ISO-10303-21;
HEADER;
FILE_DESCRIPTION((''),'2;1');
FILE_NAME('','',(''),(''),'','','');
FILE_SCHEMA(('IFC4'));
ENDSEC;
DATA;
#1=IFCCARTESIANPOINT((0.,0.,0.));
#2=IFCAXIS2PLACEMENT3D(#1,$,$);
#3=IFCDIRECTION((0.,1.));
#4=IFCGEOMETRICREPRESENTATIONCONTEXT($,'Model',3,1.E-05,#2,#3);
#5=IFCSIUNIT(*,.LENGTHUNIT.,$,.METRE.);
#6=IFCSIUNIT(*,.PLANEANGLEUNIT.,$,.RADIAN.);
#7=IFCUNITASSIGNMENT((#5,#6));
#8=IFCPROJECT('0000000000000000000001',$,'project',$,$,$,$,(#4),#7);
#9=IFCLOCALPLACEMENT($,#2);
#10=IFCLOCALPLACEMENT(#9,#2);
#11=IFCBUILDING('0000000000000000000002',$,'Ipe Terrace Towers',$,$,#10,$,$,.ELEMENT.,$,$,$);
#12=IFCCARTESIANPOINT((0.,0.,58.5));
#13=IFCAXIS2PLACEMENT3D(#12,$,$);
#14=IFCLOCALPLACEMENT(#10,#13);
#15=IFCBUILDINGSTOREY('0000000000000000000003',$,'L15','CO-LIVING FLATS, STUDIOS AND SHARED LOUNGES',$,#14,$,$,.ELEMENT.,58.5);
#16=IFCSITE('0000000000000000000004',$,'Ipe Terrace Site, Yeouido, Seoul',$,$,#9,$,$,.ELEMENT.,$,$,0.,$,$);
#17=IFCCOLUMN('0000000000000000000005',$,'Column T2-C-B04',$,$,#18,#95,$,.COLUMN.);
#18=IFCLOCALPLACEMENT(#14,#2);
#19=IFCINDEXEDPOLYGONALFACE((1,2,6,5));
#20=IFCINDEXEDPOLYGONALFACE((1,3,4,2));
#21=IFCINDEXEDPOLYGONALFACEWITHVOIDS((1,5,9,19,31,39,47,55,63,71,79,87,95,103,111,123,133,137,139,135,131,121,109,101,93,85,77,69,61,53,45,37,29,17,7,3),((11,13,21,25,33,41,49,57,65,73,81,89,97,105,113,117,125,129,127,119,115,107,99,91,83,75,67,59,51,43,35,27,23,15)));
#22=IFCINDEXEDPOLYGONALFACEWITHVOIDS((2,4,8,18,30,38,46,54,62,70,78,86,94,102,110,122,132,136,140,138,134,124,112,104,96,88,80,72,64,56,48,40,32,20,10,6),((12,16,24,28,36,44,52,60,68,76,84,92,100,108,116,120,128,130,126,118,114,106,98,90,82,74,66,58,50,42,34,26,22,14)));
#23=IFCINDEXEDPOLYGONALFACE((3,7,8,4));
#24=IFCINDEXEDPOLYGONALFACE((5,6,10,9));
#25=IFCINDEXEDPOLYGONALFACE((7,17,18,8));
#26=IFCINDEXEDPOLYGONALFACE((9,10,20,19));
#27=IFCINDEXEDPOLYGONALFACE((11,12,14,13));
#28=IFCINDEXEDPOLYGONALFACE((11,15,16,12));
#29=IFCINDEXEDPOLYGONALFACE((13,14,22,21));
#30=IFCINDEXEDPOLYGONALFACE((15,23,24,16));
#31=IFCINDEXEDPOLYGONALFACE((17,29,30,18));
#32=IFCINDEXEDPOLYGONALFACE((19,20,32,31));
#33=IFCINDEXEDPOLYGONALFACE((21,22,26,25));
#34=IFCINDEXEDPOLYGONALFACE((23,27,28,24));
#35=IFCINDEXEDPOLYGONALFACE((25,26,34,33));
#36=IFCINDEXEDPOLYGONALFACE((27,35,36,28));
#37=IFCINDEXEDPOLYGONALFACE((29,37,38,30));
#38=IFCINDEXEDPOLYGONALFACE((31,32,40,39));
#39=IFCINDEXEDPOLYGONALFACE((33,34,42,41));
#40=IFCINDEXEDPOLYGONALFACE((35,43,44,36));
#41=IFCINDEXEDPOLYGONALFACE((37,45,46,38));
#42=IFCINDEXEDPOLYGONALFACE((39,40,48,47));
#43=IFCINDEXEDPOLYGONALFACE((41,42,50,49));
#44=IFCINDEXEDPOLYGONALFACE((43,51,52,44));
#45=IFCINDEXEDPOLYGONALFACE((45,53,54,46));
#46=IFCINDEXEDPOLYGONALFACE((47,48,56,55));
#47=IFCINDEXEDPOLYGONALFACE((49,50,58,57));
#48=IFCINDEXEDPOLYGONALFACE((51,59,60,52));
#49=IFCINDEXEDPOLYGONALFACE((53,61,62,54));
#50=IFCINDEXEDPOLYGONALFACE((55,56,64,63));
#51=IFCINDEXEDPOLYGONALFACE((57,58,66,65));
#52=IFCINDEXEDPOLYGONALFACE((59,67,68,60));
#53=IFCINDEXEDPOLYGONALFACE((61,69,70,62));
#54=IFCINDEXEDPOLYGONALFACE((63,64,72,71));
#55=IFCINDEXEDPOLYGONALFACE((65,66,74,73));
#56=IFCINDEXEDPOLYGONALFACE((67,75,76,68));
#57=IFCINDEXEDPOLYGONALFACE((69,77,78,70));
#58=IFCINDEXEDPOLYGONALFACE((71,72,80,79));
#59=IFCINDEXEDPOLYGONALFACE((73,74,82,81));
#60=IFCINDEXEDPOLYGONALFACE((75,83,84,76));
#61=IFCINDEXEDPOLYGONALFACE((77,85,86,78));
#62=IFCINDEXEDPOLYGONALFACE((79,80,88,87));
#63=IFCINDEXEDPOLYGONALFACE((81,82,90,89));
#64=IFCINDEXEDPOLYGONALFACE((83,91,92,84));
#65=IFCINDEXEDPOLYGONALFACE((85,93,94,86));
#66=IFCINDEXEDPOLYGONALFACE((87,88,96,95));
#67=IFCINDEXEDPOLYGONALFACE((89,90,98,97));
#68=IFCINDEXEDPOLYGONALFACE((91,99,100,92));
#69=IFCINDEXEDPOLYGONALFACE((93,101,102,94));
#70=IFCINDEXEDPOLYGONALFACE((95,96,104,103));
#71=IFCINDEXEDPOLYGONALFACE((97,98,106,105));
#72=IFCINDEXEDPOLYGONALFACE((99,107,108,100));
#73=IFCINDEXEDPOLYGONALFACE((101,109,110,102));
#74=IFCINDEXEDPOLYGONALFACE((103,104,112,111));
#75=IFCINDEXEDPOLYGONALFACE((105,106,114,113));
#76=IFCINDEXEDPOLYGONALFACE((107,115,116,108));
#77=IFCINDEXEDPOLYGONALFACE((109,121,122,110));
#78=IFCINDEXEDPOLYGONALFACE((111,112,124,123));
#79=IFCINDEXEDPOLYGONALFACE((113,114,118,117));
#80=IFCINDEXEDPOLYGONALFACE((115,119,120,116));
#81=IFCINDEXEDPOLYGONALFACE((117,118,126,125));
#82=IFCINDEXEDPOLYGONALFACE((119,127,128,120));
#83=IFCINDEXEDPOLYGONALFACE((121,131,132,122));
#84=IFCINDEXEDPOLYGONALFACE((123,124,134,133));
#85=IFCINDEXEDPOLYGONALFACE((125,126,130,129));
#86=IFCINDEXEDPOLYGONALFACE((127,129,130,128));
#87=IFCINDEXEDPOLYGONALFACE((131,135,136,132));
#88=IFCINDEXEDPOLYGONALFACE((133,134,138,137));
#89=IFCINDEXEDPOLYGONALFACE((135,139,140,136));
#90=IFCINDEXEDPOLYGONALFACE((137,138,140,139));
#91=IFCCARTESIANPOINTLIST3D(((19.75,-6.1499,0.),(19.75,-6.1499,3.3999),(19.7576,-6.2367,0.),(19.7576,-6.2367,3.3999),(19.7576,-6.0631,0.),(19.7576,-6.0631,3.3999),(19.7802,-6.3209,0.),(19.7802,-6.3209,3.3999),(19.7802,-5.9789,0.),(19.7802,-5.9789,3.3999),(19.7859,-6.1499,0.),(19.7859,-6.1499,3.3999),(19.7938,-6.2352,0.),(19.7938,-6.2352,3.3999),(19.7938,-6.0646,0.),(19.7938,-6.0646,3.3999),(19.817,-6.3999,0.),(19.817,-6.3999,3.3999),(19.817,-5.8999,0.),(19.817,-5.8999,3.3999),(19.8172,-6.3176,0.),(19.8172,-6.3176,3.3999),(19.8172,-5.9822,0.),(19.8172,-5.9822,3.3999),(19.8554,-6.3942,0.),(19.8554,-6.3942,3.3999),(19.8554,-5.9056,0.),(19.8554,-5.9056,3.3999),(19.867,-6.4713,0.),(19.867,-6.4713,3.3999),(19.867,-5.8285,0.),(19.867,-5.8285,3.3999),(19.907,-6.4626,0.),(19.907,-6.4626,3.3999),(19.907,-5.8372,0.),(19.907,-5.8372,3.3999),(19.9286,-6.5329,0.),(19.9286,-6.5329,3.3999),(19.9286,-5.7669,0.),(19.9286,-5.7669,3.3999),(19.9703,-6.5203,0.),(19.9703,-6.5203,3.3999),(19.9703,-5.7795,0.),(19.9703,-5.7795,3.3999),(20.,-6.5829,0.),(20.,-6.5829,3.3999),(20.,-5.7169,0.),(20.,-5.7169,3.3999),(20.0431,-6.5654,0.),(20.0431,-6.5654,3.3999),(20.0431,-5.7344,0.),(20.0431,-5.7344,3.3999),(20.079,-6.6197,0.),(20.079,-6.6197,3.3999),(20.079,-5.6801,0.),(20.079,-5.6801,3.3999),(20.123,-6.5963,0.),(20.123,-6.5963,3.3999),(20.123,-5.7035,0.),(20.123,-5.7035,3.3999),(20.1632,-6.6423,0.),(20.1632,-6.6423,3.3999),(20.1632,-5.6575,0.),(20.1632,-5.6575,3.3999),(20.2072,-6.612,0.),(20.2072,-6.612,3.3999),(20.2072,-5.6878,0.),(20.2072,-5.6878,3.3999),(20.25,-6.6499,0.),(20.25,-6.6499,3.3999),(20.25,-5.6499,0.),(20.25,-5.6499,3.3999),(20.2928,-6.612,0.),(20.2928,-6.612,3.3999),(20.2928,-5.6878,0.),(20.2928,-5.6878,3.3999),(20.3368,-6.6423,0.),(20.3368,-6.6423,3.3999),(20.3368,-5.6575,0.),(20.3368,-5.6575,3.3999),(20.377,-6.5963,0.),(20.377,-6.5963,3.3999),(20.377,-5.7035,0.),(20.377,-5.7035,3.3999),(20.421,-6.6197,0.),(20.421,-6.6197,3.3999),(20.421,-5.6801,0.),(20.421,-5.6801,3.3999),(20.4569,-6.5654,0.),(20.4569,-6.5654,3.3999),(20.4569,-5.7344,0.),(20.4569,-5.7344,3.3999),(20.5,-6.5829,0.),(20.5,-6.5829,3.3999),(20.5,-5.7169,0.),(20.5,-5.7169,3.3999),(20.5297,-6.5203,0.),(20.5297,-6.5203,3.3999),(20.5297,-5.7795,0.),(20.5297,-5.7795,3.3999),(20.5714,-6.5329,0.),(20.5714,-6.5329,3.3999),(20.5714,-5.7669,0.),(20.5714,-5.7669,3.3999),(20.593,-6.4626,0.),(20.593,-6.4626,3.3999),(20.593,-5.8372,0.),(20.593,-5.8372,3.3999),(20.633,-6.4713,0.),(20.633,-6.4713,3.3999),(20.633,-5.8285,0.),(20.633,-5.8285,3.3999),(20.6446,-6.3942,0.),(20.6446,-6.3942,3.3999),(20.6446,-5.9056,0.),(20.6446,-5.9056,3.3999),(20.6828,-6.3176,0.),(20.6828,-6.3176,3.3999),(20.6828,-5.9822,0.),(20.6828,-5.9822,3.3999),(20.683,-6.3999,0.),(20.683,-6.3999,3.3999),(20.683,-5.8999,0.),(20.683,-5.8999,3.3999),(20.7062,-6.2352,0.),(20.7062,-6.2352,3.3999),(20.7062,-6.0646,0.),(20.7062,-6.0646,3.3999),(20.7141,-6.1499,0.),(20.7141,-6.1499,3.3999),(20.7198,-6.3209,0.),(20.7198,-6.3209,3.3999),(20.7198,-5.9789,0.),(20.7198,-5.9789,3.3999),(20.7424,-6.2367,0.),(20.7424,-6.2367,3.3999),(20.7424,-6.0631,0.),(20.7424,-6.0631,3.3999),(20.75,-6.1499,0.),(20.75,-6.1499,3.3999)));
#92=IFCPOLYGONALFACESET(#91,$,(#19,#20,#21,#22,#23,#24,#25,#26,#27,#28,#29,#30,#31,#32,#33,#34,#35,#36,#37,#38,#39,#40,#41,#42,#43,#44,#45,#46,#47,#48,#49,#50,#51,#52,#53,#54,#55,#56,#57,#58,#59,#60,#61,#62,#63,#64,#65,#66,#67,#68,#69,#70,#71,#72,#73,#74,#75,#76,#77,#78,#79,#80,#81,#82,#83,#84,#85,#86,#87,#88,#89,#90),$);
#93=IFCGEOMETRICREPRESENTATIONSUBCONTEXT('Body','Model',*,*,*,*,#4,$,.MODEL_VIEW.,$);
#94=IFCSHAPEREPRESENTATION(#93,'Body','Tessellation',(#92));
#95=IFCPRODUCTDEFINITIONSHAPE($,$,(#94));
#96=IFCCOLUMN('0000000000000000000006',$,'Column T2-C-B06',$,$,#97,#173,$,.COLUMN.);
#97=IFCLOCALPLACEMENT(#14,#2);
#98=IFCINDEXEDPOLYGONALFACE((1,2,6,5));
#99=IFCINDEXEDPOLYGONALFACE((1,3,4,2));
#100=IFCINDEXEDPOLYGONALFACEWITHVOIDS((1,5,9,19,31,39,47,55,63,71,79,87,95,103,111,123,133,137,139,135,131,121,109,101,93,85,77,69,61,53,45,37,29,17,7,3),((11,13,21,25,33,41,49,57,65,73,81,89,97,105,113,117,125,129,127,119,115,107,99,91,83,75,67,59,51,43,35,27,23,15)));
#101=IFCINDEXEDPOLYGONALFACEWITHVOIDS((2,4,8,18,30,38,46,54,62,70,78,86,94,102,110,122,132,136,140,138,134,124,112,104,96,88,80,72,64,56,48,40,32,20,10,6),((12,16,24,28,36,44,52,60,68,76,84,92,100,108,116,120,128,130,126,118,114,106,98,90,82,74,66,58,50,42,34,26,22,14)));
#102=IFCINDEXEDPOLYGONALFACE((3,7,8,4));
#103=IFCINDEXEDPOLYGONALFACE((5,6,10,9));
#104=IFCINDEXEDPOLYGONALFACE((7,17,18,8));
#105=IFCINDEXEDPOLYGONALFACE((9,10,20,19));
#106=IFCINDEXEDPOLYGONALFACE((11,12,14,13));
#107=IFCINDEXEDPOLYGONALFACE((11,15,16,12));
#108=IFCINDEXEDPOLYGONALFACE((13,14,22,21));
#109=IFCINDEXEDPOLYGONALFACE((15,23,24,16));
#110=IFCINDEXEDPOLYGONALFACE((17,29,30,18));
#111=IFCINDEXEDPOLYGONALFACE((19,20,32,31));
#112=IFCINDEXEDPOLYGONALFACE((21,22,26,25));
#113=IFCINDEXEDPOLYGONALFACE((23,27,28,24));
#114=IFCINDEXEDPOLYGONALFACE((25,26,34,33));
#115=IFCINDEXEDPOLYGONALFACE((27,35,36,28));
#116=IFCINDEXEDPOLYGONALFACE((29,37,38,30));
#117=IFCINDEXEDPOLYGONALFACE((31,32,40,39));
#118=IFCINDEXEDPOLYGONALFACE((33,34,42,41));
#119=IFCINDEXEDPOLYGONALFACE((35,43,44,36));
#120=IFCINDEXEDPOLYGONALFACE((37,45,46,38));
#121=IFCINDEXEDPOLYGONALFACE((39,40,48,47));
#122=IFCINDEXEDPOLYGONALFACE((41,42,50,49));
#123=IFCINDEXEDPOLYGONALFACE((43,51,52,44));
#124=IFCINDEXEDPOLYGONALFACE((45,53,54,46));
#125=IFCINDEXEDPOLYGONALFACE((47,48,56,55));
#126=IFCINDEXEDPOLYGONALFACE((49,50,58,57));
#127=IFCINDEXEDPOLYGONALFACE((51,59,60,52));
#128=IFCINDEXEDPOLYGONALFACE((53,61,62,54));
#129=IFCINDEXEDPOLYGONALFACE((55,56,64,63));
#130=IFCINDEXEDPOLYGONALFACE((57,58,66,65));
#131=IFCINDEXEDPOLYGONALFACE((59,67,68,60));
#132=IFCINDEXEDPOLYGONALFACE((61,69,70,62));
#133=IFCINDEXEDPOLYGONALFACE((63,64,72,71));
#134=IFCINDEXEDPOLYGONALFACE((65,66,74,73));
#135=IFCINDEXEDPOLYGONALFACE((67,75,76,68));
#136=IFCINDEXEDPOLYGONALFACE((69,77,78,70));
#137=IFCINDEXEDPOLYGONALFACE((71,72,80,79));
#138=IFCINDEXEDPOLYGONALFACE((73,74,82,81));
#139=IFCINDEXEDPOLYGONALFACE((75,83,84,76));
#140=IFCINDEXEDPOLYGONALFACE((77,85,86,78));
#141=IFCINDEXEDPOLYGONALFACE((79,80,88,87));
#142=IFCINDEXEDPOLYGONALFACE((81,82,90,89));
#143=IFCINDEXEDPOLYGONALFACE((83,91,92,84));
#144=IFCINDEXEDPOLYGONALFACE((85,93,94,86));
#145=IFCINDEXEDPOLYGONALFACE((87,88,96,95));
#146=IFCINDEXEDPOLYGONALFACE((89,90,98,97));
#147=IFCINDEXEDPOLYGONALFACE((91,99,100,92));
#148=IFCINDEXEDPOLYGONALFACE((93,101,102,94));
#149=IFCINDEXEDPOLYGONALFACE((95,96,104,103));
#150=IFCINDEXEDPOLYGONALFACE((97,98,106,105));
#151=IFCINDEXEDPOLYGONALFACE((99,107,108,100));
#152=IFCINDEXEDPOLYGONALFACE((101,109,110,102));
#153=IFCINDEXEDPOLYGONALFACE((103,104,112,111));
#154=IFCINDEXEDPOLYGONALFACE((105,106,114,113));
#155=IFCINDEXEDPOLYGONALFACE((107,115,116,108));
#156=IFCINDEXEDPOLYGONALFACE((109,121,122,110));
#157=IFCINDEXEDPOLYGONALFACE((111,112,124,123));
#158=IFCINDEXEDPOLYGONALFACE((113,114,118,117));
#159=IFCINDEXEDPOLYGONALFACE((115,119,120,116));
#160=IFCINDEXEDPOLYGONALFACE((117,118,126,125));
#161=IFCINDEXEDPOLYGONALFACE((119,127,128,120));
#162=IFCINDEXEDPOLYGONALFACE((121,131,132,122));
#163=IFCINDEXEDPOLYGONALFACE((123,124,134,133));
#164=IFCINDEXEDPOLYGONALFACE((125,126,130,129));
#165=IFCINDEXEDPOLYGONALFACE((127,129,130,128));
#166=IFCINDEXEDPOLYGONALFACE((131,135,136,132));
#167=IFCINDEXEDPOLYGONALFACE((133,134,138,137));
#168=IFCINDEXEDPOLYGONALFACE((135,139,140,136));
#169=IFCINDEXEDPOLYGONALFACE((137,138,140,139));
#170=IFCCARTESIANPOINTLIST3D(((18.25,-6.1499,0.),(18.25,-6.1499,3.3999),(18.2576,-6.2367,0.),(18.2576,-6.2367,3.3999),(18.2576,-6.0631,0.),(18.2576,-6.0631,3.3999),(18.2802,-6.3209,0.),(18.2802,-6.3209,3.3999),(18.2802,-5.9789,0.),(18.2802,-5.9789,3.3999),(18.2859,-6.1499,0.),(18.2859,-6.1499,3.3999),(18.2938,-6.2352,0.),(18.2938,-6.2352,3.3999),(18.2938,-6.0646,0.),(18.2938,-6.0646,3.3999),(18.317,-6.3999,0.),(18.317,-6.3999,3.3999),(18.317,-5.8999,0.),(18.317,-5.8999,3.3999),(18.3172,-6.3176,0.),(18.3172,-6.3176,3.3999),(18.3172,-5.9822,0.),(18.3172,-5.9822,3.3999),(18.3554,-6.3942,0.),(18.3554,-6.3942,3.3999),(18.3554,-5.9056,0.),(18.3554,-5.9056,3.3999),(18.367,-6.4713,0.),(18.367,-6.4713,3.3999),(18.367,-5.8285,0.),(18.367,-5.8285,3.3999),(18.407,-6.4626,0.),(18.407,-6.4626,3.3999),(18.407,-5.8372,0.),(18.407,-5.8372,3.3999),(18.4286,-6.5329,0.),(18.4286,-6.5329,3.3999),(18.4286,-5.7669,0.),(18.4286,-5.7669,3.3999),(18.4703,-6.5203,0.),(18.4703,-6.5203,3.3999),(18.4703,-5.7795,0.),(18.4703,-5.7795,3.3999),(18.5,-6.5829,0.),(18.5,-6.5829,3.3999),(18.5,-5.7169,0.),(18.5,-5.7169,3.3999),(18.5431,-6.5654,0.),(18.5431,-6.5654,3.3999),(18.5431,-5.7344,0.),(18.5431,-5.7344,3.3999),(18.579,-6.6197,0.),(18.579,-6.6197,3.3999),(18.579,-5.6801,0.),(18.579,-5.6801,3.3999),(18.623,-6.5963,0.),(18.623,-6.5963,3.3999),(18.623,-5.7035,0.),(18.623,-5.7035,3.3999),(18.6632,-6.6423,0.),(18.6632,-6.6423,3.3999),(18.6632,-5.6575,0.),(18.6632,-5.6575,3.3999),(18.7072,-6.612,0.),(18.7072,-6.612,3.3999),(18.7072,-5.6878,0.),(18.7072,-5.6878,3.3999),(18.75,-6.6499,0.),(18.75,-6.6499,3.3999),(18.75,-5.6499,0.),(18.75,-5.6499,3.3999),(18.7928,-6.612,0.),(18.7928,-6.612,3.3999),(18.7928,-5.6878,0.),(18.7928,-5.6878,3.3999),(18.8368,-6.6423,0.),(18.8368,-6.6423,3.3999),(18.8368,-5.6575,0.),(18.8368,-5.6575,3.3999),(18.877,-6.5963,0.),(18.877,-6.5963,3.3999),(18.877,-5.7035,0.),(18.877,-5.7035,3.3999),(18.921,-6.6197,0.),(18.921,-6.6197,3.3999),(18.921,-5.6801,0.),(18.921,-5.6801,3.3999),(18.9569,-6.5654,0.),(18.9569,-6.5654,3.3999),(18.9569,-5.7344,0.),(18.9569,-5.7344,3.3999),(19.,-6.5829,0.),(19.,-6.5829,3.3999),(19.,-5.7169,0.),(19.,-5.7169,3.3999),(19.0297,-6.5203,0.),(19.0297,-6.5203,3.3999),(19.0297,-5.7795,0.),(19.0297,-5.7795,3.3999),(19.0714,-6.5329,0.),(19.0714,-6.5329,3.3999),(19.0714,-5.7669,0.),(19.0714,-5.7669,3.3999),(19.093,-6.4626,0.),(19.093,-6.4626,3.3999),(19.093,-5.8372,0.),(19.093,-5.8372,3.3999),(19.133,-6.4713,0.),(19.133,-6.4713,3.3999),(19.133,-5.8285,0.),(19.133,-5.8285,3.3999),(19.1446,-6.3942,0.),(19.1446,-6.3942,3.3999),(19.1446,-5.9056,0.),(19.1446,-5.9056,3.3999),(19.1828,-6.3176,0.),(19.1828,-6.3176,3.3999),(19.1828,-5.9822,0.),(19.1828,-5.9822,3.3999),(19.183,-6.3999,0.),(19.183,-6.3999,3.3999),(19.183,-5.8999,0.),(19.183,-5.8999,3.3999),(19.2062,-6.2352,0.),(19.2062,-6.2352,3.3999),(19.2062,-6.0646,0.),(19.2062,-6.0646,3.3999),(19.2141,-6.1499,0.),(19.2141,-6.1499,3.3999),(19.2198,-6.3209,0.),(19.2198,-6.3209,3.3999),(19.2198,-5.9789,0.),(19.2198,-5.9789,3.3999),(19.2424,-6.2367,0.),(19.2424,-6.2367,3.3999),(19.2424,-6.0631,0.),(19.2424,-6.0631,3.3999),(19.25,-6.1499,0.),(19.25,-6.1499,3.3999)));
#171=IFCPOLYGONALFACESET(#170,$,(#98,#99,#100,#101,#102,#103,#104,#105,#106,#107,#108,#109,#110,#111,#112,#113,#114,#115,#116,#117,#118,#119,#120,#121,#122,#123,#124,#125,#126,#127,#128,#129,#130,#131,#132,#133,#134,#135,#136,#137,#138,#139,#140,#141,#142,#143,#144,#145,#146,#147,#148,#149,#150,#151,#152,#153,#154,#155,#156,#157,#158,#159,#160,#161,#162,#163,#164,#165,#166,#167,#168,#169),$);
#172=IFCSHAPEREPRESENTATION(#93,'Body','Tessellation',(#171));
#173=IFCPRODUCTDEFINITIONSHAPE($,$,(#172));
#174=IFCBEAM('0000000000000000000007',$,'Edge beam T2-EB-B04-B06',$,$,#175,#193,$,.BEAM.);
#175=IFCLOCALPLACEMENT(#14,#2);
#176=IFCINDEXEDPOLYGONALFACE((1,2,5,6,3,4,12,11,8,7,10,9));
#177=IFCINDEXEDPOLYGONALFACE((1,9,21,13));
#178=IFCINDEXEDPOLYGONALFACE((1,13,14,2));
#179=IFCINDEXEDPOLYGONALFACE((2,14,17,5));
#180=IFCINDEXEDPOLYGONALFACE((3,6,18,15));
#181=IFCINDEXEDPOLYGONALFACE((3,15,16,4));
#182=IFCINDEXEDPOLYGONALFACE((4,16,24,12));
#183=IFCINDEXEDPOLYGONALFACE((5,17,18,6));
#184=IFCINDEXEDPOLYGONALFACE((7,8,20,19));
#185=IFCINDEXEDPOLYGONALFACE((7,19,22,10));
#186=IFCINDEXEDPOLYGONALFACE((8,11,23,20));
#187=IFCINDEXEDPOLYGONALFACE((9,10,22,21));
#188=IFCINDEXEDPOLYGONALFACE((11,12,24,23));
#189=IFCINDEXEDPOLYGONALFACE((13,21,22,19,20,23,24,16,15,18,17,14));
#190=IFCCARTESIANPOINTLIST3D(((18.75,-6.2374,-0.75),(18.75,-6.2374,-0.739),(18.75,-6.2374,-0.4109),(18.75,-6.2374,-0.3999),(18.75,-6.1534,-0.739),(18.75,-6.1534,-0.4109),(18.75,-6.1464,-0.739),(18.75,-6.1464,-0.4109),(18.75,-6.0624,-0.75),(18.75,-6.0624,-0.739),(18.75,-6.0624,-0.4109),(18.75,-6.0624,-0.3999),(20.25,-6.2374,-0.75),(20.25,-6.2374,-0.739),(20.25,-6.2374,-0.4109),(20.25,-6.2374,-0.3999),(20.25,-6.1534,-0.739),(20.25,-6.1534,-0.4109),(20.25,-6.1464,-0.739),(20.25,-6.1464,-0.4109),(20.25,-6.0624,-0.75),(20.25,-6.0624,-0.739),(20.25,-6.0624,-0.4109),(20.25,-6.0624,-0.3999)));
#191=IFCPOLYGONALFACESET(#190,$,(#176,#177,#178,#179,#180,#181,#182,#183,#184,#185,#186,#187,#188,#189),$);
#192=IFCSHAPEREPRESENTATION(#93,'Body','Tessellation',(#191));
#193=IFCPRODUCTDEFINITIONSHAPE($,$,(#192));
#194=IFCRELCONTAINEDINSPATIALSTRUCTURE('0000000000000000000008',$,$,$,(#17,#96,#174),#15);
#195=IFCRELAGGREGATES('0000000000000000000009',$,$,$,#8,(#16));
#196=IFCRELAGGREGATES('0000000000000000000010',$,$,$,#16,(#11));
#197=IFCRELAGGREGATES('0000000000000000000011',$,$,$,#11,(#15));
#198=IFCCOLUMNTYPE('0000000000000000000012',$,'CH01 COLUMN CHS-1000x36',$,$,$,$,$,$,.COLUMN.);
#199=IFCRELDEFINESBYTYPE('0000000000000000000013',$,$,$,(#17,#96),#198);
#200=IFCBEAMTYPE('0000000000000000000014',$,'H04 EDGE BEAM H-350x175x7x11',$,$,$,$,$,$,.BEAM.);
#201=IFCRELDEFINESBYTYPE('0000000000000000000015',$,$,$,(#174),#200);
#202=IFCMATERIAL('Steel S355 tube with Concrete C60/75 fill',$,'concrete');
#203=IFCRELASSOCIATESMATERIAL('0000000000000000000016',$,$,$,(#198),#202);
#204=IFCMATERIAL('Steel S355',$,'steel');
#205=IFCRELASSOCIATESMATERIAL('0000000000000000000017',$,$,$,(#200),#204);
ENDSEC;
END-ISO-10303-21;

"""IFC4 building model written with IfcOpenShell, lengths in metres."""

from ifc_helpers import new_model, si_unit, direction, frame, origin, origin_2d, place, context, subcontext, project, spatial, hollow_circle, i_section, extrude, material, material_profile, profile_set, type_object, element, save


model = new_model("IFC4")

# Units and contexts
model_context = context("Model", 3, precision=1e-05, world=origin(), true_north=direction((0.0, 1.0)))
body_context = subcontext(model_context, "Body", "Model", "MODEL_VIEW")
ifc_project = project(units=[si_unit("LENGTHUNIT", "METRE"), si_unit("PLANEANGLEUNIT", "RADIAN")], contexts=[model_context])

# Site, building, storey
site_placement = place(None, origin())
site = spatial("IfcSite", under=ifc_project, at=site_placement, Name="Ipe Terrace Site, Yeouido, Seoul", CompositionType="ELEMENT", RefElevation=0.0)
building_placement = place(site_placement, origin())
building = spatial("IfcBuilding", under=site, at=building_placement, Name="Ipe Terrace Towers", CompositionType="ELEMENT")
storey_placement = place(building_placement, frame((0.0, 0.0, 58.5)))
storey = spatial("IfcBuildingStorey", under=building, at=storey_placement, Name="L15", Description="CO-LIVING FLATS, STUDIOS AND SHARED LOUNGES", CompositionType="ELEMENT", Elevation=58.5)

# Columns
ifc_material_1 = material(Name="Steel S355 tube with Concrete C60/75 fill", Category="concrete")
ifc_material_profile_1 = material_profile(ifc_material_1, hollow_circle(Radius=0.5, WallThickness=0.0359, at=origin_2d()), Name="CHS-1000x36")
ifc_profile_set_1 = profile_set([ifc_material_profile_1], Name="Steel S355 tube with Concrete C60/75 fill")
column_type = type_object("IfcColumnType", Name="CH01 COLUMN CHS-1000x36", PredefinedType="COLUMN", material=ifc_profile_set_1)
for number, where, z_axis, x_axis, name in (
    (1, (20.25, -6.1499, 0.0), (0.0, 0.0, 1.0), (1.0, 0.0, 0.0), "Column T2-C-B04"),
    (2, (18.75, -6.1499, 0.0), (0.0, 0.0, 1.0), (1.0, 0.0, 0.0), "Column T2-C-B06"),
):
    element("IfcColumn", number, at=place(storey_placement, frame(where, z_axis=z_axis, x_axis=x_axis)), inside=storey, type_object=column_type, Name=name, PredefinedType="COLUMN", context=body_context, shape_type="SweptSolid", body=[
        extrude(hollow_circle(Radius=0.5, WallThickness=0.0359, at=origin_2d()), origin(), (0.0, 0.0, 1.0), 3.3999),
    ])

# Beam
ifc_material_2 = material(Name="Steel S355", Category="steel")
ifc_material_profile_2 = material_profile(ifc_material_2, i_section(OverallWidth=0.175, OverallDepth=0.3501, WebThickness=0.0071, FlangeThickness=0.011, at=origin_2d()), Name="H-350x175x7x11")
ifc_profile_set_2 = profile_set([ifc_material_profile_2], Name="Steel S355")
beam_type = type_object("IfcBeamType", Name="H04 EDGE BEAM H-350x175x7x11", PredefinedType="BEAM", material=ifc_profile_set_2)
beam_placement = place(storey_placement, frame((20.25, -6.1499, -0.575), z_axis=(-1.0, 0.0, 0.0), x_axis=(0.0, -1.0, 0.0)))
element("IfcBeam", 3, at=beam_placement, inside=storey, type_object=beam_type, Name="Edge beam T2-EB-B04-B06", PredefinedType="BEAM", context=body_context, shape_type="SweptSolid", body=[
    extrude(i_section(OverallWidth=0.175, OverallDepth=0.3501, WebThickness=0.0071, FlangeThickness=0.011, at=origin_2d()), origin(), (0.0, 0.0, 1.0), 1.5),
])

save(model, "model.ifc")
